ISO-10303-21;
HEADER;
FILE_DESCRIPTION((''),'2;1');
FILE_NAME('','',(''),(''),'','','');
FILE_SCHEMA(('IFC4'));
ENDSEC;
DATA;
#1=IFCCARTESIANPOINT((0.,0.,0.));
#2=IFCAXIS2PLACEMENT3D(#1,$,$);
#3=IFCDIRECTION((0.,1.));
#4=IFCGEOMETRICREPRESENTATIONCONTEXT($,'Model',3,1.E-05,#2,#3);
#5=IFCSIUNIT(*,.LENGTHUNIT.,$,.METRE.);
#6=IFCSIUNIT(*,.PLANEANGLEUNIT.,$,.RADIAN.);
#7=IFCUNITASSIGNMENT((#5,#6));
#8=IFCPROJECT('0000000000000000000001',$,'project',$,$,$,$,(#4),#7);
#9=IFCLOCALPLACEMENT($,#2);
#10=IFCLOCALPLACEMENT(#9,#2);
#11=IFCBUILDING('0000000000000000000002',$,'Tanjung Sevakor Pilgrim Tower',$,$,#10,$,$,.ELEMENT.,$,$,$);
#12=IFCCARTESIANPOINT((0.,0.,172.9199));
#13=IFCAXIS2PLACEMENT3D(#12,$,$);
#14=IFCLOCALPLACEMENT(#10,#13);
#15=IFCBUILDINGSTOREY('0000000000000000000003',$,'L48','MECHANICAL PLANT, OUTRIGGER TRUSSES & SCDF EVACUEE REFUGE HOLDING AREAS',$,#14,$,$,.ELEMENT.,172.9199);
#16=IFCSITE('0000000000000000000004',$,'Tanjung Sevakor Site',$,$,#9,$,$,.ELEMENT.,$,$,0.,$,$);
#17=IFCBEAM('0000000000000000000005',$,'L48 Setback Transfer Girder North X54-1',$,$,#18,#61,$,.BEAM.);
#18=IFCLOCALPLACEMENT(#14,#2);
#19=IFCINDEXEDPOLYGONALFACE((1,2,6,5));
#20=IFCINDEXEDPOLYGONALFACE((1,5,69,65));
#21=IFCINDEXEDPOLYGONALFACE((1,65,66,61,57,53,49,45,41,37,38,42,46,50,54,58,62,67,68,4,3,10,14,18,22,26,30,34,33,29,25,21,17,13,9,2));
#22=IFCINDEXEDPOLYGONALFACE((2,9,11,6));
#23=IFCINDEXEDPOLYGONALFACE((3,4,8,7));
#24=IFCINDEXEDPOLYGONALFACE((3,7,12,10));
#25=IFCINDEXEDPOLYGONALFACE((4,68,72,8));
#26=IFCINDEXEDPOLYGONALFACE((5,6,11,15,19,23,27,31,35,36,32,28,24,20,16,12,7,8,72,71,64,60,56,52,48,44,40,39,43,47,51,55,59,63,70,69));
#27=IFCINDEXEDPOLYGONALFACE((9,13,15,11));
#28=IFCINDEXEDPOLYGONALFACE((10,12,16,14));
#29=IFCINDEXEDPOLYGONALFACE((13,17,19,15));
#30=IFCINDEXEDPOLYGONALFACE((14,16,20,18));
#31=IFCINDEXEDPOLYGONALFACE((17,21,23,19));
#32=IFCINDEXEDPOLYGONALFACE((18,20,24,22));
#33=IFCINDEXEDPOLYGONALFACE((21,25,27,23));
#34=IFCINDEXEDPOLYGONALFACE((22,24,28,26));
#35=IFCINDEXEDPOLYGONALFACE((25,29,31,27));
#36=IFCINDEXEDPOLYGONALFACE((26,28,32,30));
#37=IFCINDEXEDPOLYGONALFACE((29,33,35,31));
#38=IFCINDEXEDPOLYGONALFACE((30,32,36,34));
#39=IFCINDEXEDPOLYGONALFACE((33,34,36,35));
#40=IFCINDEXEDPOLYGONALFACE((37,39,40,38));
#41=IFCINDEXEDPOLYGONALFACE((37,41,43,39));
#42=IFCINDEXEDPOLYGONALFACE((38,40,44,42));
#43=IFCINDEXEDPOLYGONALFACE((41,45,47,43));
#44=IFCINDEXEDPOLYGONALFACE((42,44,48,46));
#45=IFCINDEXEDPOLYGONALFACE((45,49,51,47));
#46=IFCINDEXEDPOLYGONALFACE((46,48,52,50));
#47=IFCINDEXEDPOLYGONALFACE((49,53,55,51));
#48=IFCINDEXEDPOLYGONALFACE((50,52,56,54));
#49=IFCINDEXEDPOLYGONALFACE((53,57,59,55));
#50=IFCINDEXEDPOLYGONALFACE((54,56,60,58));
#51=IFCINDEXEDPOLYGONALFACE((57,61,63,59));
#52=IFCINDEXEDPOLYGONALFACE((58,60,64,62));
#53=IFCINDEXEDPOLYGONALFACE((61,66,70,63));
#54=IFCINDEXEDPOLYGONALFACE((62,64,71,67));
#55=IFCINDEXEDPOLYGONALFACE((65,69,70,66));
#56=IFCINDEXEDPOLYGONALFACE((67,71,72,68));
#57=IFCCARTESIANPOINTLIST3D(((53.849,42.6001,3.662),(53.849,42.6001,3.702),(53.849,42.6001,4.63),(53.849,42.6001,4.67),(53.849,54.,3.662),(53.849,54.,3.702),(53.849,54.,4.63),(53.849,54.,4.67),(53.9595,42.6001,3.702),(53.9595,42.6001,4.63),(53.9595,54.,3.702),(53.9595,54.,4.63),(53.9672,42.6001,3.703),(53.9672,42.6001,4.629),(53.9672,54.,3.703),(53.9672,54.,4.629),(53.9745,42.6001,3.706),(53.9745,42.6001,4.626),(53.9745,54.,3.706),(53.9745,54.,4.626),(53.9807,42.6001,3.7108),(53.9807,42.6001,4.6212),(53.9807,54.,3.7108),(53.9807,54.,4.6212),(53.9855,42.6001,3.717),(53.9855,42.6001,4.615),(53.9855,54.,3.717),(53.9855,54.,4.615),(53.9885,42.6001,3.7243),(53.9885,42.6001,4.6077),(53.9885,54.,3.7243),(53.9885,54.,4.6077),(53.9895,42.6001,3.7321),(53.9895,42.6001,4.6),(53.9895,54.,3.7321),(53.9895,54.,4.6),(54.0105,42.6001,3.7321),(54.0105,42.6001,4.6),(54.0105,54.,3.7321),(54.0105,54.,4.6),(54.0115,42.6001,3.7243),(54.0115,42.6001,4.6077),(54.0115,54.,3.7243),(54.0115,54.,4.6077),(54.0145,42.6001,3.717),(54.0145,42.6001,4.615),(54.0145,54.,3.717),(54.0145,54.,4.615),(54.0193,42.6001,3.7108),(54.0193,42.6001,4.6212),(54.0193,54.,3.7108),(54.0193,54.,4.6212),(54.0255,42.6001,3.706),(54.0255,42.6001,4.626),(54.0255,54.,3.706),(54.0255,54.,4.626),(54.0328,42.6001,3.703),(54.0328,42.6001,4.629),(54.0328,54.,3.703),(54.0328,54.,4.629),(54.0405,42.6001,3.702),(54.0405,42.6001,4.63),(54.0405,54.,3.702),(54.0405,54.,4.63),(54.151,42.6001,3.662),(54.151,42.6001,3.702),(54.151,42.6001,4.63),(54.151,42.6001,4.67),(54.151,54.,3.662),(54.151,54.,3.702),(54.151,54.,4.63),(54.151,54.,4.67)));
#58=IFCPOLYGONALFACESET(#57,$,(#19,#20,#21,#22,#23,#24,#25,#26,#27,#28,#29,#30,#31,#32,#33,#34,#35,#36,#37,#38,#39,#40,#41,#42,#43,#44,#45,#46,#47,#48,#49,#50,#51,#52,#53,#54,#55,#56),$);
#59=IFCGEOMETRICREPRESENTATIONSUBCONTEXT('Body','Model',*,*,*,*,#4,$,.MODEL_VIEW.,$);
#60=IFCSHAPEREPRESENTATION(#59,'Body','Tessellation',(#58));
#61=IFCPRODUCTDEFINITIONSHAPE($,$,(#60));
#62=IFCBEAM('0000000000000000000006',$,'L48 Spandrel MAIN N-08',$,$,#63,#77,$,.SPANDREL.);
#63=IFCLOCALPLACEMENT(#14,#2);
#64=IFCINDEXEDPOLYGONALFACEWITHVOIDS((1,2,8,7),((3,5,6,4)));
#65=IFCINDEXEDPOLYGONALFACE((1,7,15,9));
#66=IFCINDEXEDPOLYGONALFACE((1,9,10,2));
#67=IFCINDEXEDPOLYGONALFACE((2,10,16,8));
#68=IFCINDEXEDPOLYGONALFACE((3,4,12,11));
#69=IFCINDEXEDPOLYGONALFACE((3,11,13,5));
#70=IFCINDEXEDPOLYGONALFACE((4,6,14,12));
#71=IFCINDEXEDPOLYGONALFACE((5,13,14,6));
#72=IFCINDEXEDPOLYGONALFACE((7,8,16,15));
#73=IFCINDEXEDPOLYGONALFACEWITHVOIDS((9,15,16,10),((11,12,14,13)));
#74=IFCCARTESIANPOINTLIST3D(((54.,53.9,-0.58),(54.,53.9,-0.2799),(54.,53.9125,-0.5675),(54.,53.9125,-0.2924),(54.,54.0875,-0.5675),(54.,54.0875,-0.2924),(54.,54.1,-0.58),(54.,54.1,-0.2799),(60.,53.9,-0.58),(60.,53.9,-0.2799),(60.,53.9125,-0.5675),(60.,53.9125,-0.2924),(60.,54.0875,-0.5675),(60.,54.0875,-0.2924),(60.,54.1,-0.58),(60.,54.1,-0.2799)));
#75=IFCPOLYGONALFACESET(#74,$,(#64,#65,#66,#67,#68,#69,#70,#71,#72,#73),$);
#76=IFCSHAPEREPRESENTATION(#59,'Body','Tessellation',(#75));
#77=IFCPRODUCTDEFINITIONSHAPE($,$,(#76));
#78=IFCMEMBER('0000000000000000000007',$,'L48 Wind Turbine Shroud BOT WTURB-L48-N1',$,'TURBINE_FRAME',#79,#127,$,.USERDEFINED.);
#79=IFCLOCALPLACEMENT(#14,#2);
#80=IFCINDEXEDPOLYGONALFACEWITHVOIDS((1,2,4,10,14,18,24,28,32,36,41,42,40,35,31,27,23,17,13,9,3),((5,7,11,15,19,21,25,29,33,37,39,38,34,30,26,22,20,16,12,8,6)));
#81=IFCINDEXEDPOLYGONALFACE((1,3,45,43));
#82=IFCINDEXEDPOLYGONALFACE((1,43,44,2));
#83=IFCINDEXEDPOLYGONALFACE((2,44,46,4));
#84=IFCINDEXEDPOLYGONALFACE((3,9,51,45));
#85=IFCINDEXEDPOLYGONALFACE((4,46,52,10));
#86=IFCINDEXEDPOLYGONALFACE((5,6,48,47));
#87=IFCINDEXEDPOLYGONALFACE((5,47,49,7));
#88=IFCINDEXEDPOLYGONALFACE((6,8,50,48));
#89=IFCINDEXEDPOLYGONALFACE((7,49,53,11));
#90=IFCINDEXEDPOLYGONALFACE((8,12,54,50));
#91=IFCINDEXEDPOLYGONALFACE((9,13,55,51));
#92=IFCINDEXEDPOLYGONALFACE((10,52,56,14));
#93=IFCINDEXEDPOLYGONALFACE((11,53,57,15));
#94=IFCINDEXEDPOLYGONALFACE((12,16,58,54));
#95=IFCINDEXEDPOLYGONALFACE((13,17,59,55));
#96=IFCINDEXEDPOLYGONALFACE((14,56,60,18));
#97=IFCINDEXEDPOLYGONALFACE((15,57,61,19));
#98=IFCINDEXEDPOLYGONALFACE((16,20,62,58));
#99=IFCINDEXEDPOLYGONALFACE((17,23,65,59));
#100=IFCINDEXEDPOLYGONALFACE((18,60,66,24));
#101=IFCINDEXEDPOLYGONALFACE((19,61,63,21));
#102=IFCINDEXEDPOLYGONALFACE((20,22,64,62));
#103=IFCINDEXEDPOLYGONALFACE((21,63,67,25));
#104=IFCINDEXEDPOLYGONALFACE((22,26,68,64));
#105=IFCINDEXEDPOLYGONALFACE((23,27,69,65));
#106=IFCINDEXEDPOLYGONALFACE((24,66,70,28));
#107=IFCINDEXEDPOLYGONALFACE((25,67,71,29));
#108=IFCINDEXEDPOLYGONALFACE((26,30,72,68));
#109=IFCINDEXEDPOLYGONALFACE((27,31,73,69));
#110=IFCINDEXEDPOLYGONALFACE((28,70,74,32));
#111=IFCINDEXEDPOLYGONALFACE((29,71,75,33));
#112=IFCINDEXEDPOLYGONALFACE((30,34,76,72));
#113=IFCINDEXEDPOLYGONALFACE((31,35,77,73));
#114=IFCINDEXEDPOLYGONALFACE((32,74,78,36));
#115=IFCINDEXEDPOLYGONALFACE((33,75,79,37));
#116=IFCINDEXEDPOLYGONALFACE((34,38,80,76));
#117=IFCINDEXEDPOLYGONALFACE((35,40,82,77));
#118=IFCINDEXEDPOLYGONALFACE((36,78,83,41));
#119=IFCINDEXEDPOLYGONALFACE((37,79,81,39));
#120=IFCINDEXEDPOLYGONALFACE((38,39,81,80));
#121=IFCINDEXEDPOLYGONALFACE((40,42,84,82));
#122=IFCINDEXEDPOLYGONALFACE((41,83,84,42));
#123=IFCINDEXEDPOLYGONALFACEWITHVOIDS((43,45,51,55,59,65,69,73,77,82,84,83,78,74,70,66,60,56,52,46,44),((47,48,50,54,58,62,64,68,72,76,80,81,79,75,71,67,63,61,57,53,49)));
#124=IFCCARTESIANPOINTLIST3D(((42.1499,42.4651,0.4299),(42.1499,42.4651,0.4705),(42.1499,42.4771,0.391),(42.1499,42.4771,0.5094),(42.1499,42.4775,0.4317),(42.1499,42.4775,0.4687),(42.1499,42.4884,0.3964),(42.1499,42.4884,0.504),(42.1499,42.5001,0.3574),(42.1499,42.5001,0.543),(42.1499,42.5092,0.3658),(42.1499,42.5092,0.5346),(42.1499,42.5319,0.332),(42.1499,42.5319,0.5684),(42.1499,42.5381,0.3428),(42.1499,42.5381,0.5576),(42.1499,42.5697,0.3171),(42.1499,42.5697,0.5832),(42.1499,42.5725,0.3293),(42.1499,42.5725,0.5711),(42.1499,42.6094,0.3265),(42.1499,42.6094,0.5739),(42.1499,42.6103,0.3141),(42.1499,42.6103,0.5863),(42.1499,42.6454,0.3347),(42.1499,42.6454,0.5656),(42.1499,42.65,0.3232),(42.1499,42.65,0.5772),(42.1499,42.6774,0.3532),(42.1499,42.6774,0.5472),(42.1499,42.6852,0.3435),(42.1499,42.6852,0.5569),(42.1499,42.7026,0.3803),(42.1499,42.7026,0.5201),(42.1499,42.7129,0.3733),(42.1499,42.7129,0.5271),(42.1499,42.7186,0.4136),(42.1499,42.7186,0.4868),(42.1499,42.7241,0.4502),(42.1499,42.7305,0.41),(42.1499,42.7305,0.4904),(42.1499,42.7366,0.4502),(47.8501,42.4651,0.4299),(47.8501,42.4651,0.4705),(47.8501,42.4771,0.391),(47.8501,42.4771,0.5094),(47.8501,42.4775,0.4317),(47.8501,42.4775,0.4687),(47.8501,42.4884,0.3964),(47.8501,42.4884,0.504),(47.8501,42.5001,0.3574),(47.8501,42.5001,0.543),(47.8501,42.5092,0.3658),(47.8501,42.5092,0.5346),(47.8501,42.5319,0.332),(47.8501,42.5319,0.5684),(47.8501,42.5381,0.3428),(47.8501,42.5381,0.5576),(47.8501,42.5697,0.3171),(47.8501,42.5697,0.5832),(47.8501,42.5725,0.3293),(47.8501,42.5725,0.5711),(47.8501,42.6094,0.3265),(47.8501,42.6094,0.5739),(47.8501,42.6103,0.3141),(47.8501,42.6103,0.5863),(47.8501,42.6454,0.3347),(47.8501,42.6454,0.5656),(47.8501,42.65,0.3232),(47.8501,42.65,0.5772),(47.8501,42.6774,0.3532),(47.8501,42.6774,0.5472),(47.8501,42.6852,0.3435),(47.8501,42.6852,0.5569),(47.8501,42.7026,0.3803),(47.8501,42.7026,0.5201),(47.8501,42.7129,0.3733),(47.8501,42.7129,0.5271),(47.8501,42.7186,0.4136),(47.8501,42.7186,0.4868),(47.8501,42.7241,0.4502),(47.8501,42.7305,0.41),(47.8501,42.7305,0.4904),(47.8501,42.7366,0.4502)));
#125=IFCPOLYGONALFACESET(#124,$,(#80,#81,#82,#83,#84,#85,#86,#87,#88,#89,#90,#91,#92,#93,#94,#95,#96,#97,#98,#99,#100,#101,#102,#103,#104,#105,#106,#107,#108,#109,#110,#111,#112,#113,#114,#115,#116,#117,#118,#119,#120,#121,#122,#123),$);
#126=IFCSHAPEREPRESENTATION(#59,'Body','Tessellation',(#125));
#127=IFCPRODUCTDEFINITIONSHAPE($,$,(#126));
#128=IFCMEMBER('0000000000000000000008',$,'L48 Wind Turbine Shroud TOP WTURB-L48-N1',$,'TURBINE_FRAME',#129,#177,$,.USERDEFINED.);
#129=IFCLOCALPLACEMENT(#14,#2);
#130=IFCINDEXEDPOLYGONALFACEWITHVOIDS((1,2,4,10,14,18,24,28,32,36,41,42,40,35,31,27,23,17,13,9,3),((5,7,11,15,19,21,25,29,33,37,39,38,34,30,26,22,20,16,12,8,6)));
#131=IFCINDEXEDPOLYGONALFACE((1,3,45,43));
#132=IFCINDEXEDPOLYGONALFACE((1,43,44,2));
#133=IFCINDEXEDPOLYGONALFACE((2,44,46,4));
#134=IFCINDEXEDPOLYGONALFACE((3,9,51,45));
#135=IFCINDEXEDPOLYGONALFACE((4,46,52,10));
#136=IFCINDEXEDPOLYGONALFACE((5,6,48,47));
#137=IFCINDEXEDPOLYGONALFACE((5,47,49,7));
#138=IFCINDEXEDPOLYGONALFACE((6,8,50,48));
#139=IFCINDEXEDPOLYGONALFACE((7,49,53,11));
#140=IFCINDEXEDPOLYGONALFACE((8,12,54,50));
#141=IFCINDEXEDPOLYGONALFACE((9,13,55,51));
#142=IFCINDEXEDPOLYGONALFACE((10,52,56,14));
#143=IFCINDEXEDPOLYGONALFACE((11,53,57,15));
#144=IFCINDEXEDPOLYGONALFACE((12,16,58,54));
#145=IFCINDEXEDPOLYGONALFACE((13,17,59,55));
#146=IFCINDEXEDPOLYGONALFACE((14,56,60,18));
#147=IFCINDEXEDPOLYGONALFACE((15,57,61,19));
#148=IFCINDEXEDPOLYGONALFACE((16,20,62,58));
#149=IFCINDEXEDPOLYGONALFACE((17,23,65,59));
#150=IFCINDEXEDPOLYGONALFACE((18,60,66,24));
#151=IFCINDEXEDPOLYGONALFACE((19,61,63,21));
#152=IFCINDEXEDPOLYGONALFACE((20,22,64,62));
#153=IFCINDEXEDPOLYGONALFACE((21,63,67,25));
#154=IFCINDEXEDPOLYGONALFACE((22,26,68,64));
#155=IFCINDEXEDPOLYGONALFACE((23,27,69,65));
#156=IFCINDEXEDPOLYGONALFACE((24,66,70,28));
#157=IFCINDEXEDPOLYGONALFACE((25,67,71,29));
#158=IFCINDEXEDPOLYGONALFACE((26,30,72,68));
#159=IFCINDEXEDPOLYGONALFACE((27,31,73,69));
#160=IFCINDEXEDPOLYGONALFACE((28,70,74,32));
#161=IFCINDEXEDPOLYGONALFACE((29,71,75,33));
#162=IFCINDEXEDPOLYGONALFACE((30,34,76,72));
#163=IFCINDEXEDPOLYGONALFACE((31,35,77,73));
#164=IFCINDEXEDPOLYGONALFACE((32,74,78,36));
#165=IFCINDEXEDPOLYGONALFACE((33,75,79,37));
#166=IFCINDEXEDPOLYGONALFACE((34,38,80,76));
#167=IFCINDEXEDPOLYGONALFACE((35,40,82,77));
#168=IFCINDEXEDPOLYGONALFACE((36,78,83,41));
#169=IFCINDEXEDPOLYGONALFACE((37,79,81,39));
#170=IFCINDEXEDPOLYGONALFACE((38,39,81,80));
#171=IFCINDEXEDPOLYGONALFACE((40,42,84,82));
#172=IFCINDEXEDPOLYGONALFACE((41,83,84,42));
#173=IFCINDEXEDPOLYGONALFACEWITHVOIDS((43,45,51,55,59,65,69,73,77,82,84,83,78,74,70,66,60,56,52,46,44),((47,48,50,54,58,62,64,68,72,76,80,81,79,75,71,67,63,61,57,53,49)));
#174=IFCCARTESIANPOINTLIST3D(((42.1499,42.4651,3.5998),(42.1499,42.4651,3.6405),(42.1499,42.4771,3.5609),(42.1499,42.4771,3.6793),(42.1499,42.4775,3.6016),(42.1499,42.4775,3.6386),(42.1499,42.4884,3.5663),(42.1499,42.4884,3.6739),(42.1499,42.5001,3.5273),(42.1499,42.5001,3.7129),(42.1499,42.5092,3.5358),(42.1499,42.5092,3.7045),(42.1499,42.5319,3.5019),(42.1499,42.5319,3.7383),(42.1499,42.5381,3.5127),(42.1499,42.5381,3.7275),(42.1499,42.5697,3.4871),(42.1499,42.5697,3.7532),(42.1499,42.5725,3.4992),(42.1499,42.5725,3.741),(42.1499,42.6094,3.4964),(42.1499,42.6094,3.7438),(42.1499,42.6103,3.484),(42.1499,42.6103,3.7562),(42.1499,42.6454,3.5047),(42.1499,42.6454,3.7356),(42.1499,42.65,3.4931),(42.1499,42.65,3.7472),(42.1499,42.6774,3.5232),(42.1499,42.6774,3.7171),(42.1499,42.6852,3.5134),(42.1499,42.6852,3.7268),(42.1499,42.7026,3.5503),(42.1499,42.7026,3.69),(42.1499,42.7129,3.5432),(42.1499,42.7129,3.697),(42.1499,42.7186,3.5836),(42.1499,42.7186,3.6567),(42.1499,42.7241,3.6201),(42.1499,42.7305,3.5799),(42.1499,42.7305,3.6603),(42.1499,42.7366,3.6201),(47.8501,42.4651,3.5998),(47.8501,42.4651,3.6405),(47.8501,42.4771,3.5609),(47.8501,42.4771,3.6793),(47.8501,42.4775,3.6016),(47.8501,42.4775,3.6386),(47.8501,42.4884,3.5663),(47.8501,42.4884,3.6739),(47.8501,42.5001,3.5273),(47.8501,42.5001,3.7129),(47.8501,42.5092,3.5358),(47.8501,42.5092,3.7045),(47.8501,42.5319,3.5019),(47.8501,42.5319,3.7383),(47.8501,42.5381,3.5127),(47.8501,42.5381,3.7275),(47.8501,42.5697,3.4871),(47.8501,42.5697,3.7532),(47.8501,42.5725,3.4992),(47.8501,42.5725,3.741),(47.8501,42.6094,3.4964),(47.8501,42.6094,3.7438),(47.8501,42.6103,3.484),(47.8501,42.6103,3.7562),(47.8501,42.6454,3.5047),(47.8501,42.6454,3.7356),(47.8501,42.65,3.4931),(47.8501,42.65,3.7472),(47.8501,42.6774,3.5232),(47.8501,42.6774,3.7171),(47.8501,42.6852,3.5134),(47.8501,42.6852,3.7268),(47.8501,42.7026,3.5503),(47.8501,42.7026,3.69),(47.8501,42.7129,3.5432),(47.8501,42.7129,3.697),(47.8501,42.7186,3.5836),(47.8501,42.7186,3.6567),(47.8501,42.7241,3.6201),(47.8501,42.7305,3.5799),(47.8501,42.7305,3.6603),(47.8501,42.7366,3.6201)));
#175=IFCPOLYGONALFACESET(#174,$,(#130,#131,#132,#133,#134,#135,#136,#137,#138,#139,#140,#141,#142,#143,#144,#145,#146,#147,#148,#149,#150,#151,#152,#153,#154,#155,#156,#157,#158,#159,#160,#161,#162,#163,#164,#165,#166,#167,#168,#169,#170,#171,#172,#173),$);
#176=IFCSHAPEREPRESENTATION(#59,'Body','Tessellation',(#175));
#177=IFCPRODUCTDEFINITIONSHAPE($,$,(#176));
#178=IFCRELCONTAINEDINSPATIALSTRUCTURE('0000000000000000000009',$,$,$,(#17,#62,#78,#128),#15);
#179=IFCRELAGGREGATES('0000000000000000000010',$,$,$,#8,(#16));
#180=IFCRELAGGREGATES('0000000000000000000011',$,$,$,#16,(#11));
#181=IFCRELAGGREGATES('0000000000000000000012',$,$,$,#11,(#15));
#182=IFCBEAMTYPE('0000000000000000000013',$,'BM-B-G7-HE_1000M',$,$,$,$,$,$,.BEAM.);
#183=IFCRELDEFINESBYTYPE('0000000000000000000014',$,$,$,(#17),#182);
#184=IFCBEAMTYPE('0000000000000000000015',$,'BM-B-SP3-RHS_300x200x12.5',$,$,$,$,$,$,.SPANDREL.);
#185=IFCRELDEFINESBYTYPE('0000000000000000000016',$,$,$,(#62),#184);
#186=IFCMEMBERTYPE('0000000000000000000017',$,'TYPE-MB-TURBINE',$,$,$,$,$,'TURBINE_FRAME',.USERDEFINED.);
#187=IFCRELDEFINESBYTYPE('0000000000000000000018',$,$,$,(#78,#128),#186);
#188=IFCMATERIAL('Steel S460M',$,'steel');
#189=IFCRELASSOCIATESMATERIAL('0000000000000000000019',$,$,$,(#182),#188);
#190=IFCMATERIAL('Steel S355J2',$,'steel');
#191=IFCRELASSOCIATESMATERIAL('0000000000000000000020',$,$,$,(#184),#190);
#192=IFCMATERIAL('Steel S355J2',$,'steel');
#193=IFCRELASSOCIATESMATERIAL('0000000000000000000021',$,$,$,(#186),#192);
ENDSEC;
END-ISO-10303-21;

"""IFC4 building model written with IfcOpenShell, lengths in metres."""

from ifc_helpers import new_model, si_unit, direction, frame, origin, origin_2d, place, context, subcontext, project, spatial, hollow_rectangle, hollow_circle, i_section, extrude, material, material_profile, profile_set, type_object, element, save


model = new_model("IFC4")

# Units and contexts
model_context = context("Model", 3, precision=1e-05, world=origin(), true_north=direction((0.0, 1.0)))
body_context = subcontext(model_context, "Body", "Model", "MODEL_VIEW")
ifc_project = project(units=[si_unit("LENGTHUNIT", "METRE"), si_unit("PLANEANGLEUNIT", "RADIAN")], contexts=[model_context])

# Site, building, storey
site_placement = place(None, origin())
site = spatial("IfcSite", under=ifc_project, at=site_placement, Name="Tanjung Sevakor Site", CompositionType="ELEMENT", RefElevation=0.0)
building_placement = place(site_placement, origin())
building = spatial("IfcBuilding", under=site, at=building_placement, Name="Tanjung Sevakor Pilgrim Tower", CompositionType="ELEMENT")
storey_placement = place(building_placement, frame((0.0, 0.0, 172.9199)))
storey = spatial("IfcBuildingStorey", under=building, at=storey_placement, Name="L48", Description="MECHANICAL PLANT, OUTRIGGER TRUSSES & SCDF EVACUEE REFUGE HOLDING AREAS", CompositionType="ELEMENT", Elevation=172.9199)

# Beams
ifc_material_1 = material(Name="Steel S460M", Category="steel")
ifc_material_profile_1 = material_profile(ifc_material_1, i_section(OverallWidth=0.302, OverallDepth=1.0081, WebThickness=0.021, FlangeThickness=0.04, FilletRadius=0.03, at=origin_2d()))
ifc_profile_set_1 = profile_set([ifc_material_profile_1], Name="Steel S460M")
beam_type_1 = type_object("IfcBeamType", Name="BM-B-G7-HE_1000M", PredefinedType="BEAM", material=ifc_profile_set_1)
for number, where, z_axis, x_axis, name in (
    (1, (54.0, 42.6001, 4.166), (0.0, 1.0, 0.0), (-1.0, 0.0, 0.0), "L48 Setback Transfer Girder North X54-1"),
):
    element("IfcBeam", number, at=place(storey_placement, frame(where, z_axis=z_axis, x_axis=x_axis)), inside=storey, type_object=beam_type_1, Name=name, PredefinedType="BEAM", context=body_context, shape_type="SweptSolid", body=[
        extrude(i_section(OverallWidth=0.302, OverallDepth=1.0081, WebThickness=0.021, FlangeThickness=0.04, FilletRadius=0.03, at=origin_2d()), origin(), (0.0, 0.0, 1.0), 11.3999),
    ])
ifc_material_2 = material(Name="Steel S355J2", Category="steel")
ifc_material_profile_2 = material_profile(ifc_material_2, hollow_rectangle(XDim=0.2, YDim=0.3, WallThickness=0.0125, at=origin_2d()))
ifc_profile_set_2 = profile_set([ifc_material_profile_2], Name="Steel S355J2")
beam_type_2 = type_object("IfcBeamType", Name="BM-B-SP3-RHS_300x200x12.5", PredefinedType="SPANDREL", material=ifc_profile_set_2)
beam_1_placement = place(storey_placement, frame((54.0, 54.0, -0.4299), z_axis=(1.0, 0.0, 0.0), x_axis=(0.0, 1.0, 0.0)))
element("IfcBeam", 2, at=beam_1_placement, inside=storey, type_object=beam_type_2, Name="L48 Spandrel MAIN N-08", PredefinedType="SPANDREL", context=body_context, shape_type="SweptSolid", body=[
    extrude(hollow_rectangle(XDim=0.2, YDim=0.3, WallThickness=0.0125, at=origin_2d()), origin(), (0.0, 0.0, 1.0), 6.0),
])

# Members
ifc_material_3 = material(Name="Steel S355J2", Category="steel")
ifc_material_profile_3 = material_profile(ifc_material_3, hollow_circle(Radius=0.1365, WallThickness=0.0125, at=origin_2d()))
ifc_profile_set_3 = profile_set([ifc_material_profile_3], Name="Steel S355J2")
member_type = type_object("IfcMemberType", Name="TYPE-MB-TURBINE", ElementType="TURBINE_FRAME", PredefinedType="USERDEFINED", material=ifc_profile_set_3)
for number, where, z_axis, x_axis, name in (
    (3, (42.1499, 42.6001, 0.4502), (1.0, 0.0, 0.0), (0.0, 1.0, 0.0), "L48 Wind Turbine Shroud BOT WTURB-L48-N1"),
    (4, (42.1499, 42.6001, 3.6201), (1.0, 0.0, 0.0), (0.0, 1.0, 0.0), "L48 Wind Turbine Shroud TOP WTURB-L48-N1"),
):
    element("IfcMember", number, at=place(storey_placement, frame(where, z_axis=z_axis, x_axis=x_axis)), inside=storey, type_object=member_type, Name=name, ObjectType="TURBINE_FRAME", PredefinedType="USERDEFINED", context=body_context, shape_type="SweptSolid", body=[
        extrude(hollow_circle(Radius=0.1365, WallThickness=0.0125, at=origin_2d()), origin(), (0.0, 0.0, 1.0), 5.7002),
    ])

save(model, "model.ifc")
